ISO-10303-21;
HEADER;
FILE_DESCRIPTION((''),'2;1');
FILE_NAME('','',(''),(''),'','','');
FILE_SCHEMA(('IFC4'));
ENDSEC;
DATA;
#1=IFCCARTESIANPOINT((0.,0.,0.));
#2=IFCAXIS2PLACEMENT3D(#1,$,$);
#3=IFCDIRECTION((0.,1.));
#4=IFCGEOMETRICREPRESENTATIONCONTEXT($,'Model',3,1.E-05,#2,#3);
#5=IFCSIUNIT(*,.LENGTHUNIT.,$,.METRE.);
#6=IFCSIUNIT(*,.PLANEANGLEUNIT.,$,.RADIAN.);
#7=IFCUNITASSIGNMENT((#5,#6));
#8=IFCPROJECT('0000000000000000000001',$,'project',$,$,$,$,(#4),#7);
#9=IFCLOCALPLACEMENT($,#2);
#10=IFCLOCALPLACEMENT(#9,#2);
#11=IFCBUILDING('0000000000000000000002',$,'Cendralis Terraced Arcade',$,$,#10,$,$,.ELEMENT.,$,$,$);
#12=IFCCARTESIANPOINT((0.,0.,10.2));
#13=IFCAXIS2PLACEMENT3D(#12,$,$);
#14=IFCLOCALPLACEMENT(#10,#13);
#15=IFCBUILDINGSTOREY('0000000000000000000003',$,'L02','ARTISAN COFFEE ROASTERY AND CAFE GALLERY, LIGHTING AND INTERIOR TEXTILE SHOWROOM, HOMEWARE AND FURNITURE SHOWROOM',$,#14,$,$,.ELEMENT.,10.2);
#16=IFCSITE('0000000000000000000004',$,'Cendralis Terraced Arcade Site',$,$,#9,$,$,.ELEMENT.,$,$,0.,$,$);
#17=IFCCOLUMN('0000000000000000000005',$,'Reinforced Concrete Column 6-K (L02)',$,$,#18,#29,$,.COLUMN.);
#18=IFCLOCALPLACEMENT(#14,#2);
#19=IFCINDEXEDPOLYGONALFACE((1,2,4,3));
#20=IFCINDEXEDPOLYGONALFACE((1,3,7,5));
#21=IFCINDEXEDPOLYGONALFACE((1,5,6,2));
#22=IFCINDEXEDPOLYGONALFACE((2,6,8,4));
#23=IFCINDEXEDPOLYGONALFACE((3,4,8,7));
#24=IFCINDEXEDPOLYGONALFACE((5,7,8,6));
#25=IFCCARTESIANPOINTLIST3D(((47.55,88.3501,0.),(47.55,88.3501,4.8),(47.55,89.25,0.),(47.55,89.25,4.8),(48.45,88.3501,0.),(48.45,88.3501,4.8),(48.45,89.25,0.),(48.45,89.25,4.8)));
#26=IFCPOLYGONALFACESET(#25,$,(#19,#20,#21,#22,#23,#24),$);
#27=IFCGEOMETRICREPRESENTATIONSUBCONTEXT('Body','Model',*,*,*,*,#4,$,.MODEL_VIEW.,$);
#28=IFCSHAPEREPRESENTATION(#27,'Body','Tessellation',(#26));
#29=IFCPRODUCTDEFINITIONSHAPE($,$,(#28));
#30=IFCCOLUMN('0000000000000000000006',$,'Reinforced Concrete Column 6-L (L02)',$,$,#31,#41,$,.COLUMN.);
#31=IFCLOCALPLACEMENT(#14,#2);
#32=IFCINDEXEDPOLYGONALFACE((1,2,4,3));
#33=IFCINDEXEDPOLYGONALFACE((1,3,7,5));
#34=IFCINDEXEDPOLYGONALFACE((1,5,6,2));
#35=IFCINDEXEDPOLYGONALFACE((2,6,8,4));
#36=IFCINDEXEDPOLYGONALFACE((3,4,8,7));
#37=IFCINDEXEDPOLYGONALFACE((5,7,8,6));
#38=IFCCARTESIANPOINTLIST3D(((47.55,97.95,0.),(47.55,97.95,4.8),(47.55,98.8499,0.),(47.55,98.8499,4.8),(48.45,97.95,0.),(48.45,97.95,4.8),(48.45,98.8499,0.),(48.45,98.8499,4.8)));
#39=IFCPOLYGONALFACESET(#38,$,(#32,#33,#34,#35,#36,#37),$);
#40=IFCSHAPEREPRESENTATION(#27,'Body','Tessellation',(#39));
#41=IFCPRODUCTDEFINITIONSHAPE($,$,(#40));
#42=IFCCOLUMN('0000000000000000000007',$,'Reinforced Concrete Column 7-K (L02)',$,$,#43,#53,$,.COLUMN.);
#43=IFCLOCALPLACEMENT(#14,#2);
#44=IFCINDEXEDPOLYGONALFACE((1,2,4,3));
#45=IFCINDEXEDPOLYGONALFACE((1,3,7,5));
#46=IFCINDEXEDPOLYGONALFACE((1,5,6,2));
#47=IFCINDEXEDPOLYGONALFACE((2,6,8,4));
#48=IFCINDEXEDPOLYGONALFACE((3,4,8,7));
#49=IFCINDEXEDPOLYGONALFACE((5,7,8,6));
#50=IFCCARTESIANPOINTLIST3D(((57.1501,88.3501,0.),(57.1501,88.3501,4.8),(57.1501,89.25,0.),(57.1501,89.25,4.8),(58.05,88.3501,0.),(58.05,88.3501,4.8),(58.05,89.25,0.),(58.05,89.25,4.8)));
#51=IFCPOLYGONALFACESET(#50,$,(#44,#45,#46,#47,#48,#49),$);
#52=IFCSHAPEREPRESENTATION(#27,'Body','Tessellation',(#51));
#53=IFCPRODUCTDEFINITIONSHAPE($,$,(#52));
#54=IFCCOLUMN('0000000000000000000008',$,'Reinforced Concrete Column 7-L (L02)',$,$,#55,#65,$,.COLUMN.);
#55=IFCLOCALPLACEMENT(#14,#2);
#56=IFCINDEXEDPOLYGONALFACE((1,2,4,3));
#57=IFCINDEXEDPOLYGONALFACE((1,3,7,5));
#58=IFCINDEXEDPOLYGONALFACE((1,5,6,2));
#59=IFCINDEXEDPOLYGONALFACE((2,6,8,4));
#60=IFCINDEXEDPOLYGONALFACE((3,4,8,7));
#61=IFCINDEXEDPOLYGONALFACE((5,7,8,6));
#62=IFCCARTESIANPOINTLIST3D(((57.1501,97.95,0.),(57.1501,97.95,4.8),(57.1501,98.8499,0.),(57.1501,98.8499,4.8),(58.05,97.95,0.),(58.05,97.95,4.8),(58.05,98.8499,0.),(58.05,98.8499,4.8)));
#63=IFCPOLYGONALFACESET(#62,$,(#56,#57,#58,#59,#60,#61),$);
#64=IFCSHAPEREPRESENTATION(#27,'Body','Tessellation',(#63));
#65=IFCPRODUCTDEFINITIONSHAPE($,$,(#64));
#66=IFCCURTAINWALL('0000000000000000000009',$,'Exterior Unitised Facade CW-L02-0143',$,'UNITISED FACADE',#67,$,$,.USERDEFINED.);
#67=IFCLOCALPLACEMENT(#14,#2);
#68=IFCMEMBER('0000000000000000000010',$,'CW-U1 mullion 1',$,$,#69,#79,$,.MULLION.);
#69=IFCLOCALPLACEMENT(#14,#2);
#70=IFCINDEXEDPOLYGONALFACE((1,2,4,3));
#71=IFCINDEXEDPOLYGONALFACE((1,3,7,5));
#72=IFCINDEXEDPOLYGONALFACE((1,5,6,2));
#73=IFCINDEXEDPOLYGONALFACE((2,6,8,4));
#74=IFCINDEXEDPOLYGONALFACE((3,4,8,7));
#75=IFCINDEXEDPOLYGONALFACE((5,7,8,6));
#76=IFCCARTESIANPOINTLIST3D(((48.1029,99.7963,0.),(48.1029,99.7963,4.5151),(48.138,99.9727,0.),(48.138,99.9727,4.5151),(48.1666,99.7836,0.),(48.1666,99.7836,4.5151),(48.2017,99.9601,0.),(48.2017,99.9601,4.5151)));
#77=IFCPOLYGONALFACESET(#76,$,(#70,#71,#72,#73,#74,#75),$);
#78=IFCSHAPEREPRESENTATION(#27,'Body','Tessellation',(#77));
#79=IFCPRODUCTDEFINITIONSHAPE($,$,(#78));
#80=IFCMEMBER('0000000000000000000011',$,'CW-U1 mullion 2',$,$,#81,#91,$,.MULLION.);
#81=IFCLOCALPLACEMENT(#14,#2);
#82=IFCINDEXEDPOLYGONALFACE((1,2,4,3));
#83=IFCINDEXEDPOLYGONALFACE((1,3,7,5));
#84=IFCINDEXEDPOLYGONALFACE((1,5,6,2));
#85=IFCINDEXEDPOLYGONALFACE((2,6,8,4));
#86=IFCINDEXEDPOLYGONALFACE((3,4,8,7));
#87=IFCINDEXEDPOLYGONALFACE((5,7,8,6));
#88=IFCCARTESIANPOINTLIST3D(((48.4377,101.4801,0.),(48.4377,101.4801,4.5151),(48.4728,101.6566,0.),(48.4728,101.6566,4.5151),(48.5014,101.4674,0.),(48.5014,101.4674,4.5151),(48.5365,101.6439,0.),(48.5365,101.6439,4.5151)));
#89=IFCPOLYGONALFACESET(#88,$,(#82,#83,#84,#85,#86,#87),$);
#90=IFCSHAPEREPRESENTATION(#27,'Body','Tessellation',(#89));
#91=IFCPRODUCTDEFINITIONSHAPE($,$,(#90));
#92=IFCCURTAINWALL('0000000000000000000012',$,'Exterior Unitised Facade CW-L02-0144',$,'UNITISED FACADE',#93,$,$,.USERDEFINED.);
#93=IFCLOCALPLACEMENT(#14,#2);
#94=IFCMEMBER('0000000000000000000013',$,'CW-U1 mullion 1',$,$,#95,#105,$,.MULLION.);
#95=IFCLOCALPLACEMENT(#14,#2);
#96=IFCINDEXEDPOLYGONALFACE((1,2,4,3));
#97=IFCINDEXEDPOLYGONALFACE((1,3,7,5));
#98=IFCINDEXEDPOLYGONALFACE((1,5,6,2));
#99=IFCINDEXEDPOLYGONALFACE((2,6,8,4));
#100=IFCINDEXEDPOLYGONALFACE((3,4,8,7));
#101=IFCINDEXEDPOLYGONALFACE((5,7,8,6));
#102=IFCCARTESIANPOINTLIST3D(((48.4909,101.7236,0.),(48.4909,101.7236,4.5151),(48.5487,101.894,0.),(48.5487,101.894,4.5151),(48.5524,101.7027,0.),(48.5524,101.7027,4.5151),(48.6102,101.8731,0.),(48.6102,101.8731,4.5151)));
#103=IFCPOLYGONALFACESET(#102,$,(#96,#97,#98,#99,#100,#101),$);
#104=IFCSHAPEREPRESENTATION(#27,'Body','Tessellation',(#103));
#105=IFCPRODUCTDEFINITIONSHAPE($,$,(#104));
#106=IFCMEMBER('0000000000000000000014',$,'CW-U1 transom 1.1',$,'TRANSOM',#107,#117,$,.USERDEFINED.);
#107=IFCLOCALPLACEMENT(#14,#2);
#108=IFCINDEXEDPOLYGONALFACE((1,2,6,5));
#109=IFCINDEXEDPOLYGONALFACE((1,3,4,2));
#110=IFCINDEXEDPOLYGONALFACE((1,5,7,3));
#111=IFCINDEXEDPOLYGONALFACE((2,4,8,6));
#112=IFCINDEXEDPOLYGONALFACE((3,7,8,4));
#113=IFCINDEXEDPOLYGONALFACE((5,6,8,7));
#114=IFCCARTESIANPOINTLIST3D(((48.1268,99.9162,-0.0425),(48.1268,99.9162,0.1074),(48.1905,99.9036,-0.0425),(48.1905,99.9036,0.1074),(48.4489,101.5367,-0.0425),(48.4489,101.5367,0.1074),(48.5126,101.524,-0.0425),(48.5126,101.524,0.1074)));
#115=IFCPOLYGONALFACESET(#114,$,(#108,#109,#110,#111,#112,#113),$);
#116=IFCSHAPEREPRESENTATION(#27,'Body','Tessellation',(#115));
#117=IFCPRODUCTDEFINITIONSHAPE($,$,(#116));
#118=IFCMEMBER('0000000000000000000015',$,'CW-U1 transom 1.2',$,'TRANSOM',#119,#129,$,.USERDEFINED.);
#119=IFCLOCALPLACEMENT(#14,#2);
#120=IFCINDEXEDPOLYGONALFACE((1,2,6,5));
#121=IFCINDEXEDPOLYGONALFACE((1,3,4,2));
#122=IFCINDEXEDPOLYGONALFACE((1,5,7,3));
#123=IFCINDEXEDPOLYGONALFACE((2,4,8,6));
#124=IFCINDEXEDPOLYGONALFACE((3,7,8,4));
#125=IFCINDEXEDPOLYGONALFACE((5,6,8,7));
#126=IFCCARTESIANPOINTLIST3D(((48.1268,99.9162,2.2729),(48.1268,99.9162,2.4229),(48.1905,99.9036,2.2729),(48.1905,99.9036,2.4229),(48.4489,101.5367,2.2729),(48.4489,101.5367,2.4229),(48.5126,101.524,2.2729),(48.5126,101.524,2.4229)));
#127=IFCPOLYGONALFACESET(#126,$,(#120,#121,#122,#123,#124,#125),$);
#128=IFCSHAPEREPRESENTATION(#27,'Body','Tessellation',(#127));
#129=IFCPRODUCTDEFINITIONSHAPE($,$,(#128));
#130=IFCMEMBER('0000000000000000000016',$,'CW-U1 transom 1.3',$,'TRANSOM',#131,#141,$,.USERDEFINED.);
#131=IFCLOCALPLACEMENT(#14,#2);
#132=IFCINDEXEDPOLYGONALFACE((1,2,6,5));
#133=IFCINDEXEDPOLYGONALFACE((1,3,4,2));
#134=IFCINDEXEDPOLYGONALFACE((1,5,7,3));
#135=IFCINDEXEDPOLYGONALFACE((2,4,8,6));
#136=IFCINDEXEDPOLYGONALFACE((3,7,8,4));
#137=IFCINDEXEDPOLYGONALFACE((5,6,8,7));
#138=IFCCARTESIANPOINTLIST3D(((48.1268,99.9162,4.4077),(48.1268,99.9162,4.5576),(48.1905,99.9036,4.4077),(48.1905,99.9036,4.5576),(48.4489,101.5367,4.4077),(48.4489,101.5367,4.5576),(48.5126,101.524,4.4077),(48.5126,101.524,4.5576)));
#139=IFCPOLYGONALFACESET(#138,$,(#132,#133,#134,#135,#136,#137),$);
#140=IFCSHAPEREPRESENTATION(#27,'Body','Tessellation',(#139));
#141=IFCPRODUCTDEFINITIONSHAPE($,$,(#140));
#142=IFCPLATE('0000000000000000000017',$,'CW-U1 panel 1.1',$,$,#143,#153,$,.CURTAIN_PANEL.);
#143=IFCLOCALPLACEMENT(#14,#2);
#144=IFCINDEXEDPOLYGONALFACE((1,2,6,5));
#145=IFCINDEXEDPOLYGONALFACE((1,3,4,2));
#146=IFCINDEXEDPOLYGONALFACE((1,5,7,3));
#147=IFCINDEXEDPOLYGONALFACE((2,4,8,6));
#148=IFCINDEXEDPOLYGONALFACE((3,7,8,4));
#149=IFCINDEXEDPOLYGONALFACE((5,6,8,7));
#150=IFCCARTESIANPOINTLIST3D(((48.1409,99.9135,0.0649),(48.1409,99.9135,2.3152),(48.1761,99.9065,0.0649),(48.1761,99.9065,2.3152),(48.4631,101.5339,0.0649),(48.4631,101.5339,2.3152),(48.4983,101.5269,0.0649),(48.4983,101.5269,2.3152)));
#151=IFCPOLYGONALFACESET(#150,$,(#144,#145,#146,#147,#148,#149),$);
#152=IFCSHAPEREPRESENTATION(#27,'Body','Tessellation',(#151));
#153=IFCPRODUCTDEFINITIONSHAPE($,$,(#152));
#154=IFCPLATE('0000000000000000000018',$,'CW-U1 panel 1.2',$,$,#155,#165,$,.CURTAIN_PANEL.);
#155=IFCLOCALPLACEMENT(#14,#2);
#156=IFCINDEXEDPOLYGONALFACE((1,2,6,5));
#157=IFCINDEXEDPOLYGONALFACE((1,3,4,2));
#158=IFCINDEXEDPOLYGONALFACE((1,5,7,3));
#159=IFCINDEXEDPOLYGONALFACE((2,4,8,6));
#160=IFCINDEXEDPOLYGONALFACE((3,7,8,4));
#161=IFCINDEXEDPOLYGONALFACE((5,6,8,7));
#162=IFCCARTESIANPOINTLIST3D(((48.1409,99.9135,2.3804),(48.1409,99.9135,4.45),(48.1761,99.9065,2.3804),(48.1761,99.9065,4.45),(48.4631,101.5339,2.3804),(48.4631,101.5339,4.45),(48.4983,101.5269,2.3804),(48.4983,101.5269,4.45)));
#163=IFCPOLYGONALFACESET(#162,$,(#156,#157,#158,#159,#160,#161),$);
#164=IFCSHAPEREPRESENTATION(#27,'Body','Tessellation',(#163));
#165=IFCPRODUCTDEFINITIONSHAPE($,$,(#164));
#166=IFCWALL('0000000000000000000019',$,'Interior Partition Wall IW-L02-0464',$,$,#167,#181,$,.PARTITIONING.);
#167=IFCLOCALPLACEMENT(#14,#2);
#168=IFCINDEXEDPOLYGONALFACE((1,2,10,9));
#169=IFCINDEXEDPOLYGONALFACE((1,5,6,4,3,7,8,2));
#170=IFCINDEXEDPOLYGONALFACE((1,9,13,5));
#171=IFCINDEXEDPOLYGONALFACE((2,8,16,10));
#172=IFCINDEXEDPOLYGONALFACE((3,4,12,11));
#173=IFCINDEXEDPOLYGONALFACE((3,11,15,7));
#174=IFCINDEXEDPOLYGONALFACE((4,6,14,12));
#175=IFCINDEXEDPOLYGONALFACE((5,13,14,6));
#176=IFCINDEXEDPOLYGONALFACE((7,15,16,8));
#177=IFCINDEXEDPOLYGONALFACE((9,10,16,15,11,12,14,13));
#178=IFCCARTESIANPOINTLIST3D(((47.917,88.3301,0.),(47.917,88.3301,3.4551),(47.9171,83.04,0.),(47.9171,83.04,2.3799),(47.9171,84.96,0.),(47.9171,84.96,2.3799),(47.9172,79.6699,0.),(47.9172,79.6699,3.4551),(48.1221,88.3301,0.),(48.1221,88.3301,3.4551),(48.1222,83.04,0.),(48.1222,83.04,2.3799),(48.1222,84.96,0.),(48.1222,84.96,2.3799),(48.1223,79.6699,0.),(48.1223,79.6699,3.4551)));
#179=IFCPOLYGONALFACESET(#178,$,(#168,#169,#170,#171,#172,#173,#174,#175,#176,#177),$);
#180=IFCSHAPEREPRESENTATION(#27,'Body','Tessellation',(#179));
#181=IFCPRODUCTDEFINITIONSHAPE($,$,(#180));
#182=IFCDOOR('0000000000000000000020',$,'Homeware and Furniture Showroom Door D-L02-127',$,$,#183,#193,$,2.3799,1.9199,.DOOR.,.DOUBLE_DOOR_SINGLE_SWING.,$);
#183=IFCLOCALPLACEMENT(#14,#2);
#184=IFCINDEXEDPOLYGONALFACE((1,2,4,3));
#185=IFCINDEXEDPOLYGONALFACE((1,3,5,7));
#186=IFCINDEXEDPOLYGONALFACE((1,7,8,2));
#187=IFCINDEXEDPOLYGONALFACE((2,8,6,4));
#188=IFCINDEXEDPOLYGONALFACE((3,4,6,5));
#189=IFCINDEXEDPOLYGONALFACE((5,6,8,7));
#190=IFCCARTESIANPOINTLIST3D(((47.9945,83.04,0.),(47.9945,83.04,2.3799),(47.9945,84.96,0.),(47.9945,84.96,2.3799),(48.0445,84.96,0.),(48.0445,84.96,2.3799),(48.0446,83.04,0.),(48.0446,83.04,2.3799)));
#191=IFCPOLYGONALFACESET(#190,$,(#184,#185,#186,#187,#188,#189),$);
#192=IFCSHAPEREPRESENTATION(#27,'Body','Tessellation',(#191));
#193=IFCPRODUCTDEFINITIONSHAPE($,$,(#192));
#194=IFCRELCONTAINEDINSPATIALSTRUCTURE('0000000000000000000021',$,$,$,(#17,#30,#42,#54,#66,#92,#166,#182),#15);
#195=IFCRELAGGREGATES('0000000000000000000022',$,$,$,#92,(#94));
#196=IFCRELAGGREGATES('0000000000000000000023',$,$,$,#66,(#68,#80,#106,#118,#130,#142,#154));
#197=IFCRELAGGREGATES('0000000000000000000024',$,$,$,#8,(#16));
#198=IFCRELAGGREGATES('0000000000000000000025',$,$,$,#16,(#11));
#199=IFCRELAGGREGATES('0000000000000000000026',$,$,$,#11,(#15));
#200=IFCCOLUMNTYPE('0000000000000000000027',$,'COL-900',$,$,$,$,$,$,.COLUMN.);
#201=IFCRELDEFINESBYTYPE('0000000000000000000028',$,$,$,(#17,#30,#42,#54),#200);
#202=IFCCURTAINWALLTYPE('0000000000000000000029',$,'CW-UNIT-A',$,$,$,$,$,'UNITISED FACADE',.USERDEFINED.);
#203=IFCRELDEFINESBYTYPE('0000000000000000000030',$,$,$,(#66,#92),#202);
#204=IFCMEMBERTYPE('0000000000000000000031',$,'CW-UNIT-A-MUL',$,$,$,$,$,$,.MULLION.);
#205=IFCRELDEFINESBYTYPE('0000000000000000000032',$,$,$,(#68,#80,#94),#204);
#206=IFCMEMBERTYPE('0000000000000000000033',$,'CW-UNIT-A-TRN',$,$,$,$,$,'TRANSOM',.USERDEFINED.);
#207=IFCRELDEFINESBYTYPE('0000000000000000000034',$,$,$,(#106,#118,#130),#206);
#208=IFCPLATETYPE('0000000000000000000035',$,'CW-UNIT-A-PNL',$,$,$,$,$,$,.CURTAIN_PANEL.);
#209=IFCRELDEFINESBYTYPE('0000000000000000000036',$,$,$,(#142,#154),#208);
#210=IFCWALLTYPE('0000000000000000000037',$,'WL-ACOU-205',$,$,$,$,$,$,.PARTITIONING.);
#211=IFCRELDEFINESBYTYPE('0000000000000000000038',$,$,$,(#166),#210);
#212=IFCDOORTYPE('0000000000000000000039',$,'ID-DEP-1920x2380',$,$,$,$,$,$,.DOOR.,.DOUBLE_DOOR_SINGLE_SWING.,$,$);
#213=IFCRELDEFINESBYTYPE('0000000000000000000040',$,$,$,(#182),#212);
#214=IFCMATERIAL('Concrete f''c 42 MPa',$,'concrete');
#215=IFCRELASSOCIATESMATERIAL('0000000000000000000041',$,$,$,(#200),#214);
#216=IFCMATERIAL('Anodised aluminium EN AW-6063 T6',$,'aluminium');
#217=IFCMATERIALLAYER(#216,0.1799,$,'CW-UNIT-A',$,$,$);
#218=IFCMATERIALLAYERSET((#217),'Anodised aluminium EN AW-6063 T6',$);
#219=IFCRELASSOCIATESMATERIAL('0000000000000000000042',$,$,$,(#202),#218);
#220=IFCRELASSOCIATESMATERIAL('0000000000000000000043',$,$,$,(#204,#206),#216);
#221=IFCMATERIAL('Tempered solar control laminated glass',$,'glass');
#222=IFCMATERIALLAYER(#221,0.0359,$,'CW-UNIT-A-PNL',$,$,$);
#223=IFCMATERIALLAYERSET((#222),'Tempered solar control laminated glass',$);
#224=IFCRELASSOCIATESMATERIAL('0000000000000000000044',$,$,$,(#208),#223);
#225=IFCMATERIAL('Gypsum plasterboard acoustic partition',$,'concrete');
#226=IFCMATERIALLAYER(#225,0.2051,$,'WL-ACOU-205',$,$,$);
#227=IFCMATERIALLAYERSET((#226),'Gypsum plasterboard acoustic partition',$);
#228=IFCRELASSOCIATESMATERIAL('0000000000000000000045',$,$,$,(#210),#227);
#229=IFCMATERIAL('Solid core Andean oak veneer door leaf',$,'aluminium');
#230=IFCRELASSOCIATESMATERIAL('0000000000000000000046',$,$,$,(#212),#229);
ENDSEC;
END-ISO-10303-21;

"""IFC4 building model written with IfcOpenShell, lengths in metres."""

from ifc_helpers import new_model, si_unit, direction, frame, frame_2d, origin, origin_2d, place, context, subcontext, project, spatial, rectangle, extrude, material, layer, layer_set, material_profile, profile_set, type_object, element, fill, aggregate, save


model = new_model("IFC4")

# Units and contexts
model_context = context("Model", 3, precision=1e-05, world=origin(), true_north=direction((0.0, 1.0)))
body_context = subcontext(model_context, "Body", "Model", "MODEL_VIEW")
ifc_project = project(units=[si_unit("LENGTHUNIT", "METRE"), si_unit("PLANEANGLEUNIT", "RADIAN")], contexts=[model_context])

# Site, building, storey
site_placement = place(None, origin())
site = spatial("IfcSite", under=ifc_project, at=site_placement, Name="Cendralis Terraced Arcade Site", CompositionType="ELEMENT", RefElevation=0.0)
building_placement = place(site_placement, origin())
building = spatial("IfcBuilding", under=site, at=building_placement, Name="Cendralis Terraced Arcade", CompositionType="ELEMENT")
storey_placement = place(building_placement, frame((0.0, 0.0, 10.2)))
storey = spatial("IfcBuildingStorey", under=building, at=storey_placement, Name="L02", Description="ARTISAN COFFEE ROASTERY AND CAFE GALLERY, LIGHTING AND INTERIOR TEXTILE SHOWROOM, HOMEWARE AND FURNITURE SHOWROOM", CompositionType="ELEMENT", Elevation=10.2)

# Columns
ifc_material_1 = material(Name="Concrete f'c 42 MPa", Category="concrete")
ifc_material_profile_1 = material_profile(ifc_material_1, rectangle(XDim=0.8999, YDim=0.8999, at=origin_2d()), Name="RC-COL-900x900", Category="LoadBearing")
ifc_profile_set_1 = profile_set([ifc_material_profile_1], Name="Concrete f'c 42 MPa")
column_type = type_object("IfcColumnType", Name="COL-900", PredefinedType="COLUMN", material=ifc_profile_set_1)
for number, where, z_axis, x_axis, name in (
    (1, (48.0, 88.8, 0.0), (0.0, 0.0, 1.0), (1.0, 0.0, 0.0), "Reinforced Concrete Column 6-K (L02)"),
    (2, (48.0, 98.3999, 0.0), (0.0, 0.0, 1.0), (1.0, 0.0, 0.0), "Reinforced Concrete Column 6-L (L02)"),
    (3, (57.6001, 88.8, 0.0), (0.0, 0.0, 1.0), (1.0, 0.0, 0.0), "Reinforced Concrete Column 7-K (L02)"),
    (4, (57.6001, 98.3999, 0.0), (0.0, 0.0, 1.0), (1.0, 0.0, 0.0), "Reinforced Concrete Column 7-L (L02)"),
):
    element("IfcColumn", number, at=place(storey_placement, frame(where, z_axis=z_axis, x_axis=x_axis)), inside=storey, type_object=column_type, Name=name, PredefinedType="COLUMN", context=body_context, shape_type="SweptSolid", body=[
        extrude(rectangle(XDim=0.8999, YDim=0.8999, at=origin_2d()), origin(), (0.0, 0.0, 1.0), 4.8),
    ])

# Curtain wall, members
ifc_material_2 = material(Name="Anodised aluminium EN AW-6063 T6", Category="aluminium")
ifc_layer_1 = layer(ifc_material_2, 0.1799, Name="CW-UNIT-A")
ifc_layer_set_1 = layer_set([ifc_layer_1], Name="Anodised aluminium EN AW-6063 T6")
curtain_wall_type = type_object("IfcCurtainWallType", Name="CW-UNIT-A", ElementType="UNITISED FACADE", PredefinedType="USERDEFINED", material=ifc_layer_set_1)
curtain_wall_1_placement = place(storey_placement, origin())
curtain_wall_1 = element("IfcCurtainWall", 5, at=curtain_wall_1_placement, inside=storey, type_object=curtain_wall_type, Name="Exterior Unitised Facade CW-L02-0143", ObjectType="UNITISED FACADE", PredefinedType="USERDEFINED")
ifc_material_profile_2 = material_profile(ifc_material_2, rectangle(XDim=0.0649, YDim=0.1799, at=origin_2d()), Name="ALU-MUL-65x180")
ifc_profile_set_2 = profile_set([ifc_material_profile_2], Name="Anodised aluminium EN AW-6063 T6")
member_type_1 = type_object("IfcMemberType", Name="CW-UNIT-A-MUL", PredefinedType="MULLION", material=ifc_profile_set_2)
member_1_placement = place(storey_placement, frame((48.1523, 99.8782, 0.0), z_axis=(0.0, 0.0, 1.0), x_axis=(-0.980792, 0.195058, 0.0)))
member_1 = element("IfcMember", 6, at=member_1_placement, type_object=member_type_1, Name="CW-U1 mullion 1", PredefinedType="MULLION", context=body_context, shape_type="SweptSolid", body=[
    extrude(rectangle(XDim=0.0649, YDim=0.1799, at=origin_2d()), origin(), (0.0, 0.0, 1.0), 4.5151),
])
member_2_placement = place(storey_placement, frame((48.4871, 101.562, 0.0), z_axis=(0.0, 0.0, 1.0), x_axis=(-0.980792, 0.195058, 0.0)))
member_2 = element("IfcMember", 7, at=member_2_placement, type_object=member_type_1, Name="CW-U1 mullion 2", PredefinedType="MULLION", context=body_context, shape_type="SweptSolid", body=[
    extrude(rectangle(XDim=0.0649, YDim=0.1799, at=origin_2d()), origin(), (0.0, 0.0, 1.0), 4.5151),
])

# Curtain wall, member
curtain_wall_2_placement = place(storey_placement, origin())
curtain_wall_2 = element("IfcCurtainWall", 8, at=curtain_wall_2_placement, inside=storey, type_object=curtain_wall_type, Name="Exterior Unitised Facade CW-L02-0144", ObjectType="UNITISED FACADE", PredefinedType="USERDEFINED")
member_3_placement = place(storey_placement, frame((48.5505, 101.7983, 0.0), z_axis=(0.0, 0.0, 1.0), x_axis=(-0.946924, 0.321458, 0.0)))
member_3 = element("IfcMember", 9, at=member_3_placement, type_object=member_type_1, Name="CW-U1 mullion 1", PredefinedType="MULLION", context=body_context, shape_type="SweptSolid", body=[
    extrude(rectangle(XDim=0.0649, YDim=0.1799, at=origin_2d()), origin(), (0.0, 0.0, 1.0), 4.5151),
])
aggregate(curtain_wall_2, [member_3])

# Members
ifc_material_profile_3 = material_profile(ifc_material_2, rectangle(XDim=0.0649, YDim=0.1499, at=origin_2d()), Name="ALU-TRN-65x150")
ifc_profile_set_3 = profile_set([ifc_material_profile_3], Name="Anodised aluminium EN AW-6063 T6")
member_type_2 = type_object("IfcMemberType", Name="CW-UNIT-A-TRN", ElementType="TRANSOM", PredefinedType="USERDEFINED", material=ifc_profile_set_3)
member_4_placement = place(storey_placement, frame((48.1587, 99.9099, 0.0325), z_axis=(0.194922, 0.980819, 0.0), x_axis=(-0.980819, 0.194922, 0.0)))
member_4 = element("IfcMember", 10, at=member_4_placement, type_object=member_type_2, Name="CW-U1 transom 1.1", ObjectType="TRANSOM", PredefinedType="USERDEFINED", context=body_context, shape_type="SweptSolid", body=[
    extrude(rectangle(XDim=0.0649, YDim=0.1499, at=origin_2d()), origin(), (0.0, 0.0, 1.0), 1.6521),
])
member_5_placement = place(storey_placement, frame((48.1587, 99.9099, 2.3479), z_axis=(0.194922, 0.980819, 0.0), x_axis=(-0.980819, 0.194922, 0.0)))
member_5 = element("IfcMember", 11, at=member_5_placement, type_object=member_type_2, Name="CW-U1 transom 1.2", ObjectType="TRANSOM", PredefinedType="USERDEFINED", context=body_context, shape_type="SweptSolid", body=[
    extrude(rectangle(XDim=0.0649, YDim=0.1499, at=origin_2d()), origin(), (0.0, 0.0, 1.0), 1.6521),
])
member_6_placement = place(storey_placement, frame((48.1587, 99.9099, 4.4827), z_axis=(0.194922, 0.980819, 0.0), x_axis=(-0.980819, 0.194922, 0.0)))
member_6 = element("IfcMember", 12, at=member_6_placement, type_object=member_type_2, Name="CW-U1 transom 1.3", ObjectType="TRANSOM", PredefinedType="USERDEFINED", context=body_context, shape_type="SweptSolid", body=[
    extrude(rectangle(XDim=0.0649, YDim=0.1499, at=origin_2d()), origin(), (0.0, 0.0, 1.0), 1.6521),
])

# Plates
ifc_material_3 = material(Name="Tempered solar control laminated glass", Category="glass")
ifc_layer_2 = layer(ifc_material_3, 0.0359, Name="CW-UNIT-A-PNL")
ifc_layer_set_2 = layer_set([ifc_layer_2], Name="Tempered solar control laminated glass")
plate_type = type_object("IfcPlateType", Name="CW-UNIT-A-PNL", PredefinedType="CURTAIN_PANEL", material=ifc_layer_set_2)
plate_1_placement = place(storey_placement, frame((48.3196, 100.7202, 0.0649), z_axis=(0.0, 0.0, 1.0), x_axis=(0.195058, 0.980792, 0.0)))
plate_1 = element("IfcPlate", 13, at=plate_1_placement, type_object=plate_type, Name="CW-U1 panel 1.1", PredefinedType="CURTAIN_PANEL", context=body_context, shape_type="SweptSolid", body=[
    extrude(rectangle(XDim=1.6521, YDim=0.0359, at=origin_2d()), origin(), (0.0, 0.0, 1.0), 2.2502),
])
plate_2_placement = place(storey_placement, frame((48.3196, 100.7202, 2.3804), z_axis=(0.0, 0.0, 1.0), x_axis=(0.195058, 0.980792, 0.0)))
plate_2 = element("IfcPlate", 14, at=plate_2_placement, type_object=plate_type, Name="CW-U1 panel 1.2", PredefinedType="CURTAIN_PANEL", context=body_context, shape_type="SweptSolid", body=[
    extrude(rectangle(XDim=1.6521, YDim=0.0359, at=origin_2d()), origin(), (0.0, 0.0, 1.0), 2.0696),
])
aggregate(curtain_wall_1, [member_1, member_2, member_4, member_5, member_6, plate_1, plate_2])

# Wall, opening, door
ifc_material_4 = material(Name="Gypsum plasterboard acoustic partition", Category="concrete")
ifc_layer_3 = layer(ifc_material_4, 0.2051, Name="WL-ACOU-205")
ifc_layer_set_3 = layer_set([ifc_layer_3], Name="Gypsum plasterboard acoustic partition")
wall_type_1 = type_object("IfcWallType", Name="WL-ACOU-205", PredefinedType="PARTITIONING", material=ifc_layer_set_3)
wall_1_placement = place(storey_placement, frame((48.0195, 88.3301, 0.0), z_axis=(0.0, 0.0, 1.0), x_axis=(0.000028, -1.0, 0.0)))
wall_1 = element("IfcWall", 15, at=wall_1_placement, inside=storey, type_object=wall_type_1, Name="Interior Partition Wall IW-L02-0464", PredefinedType="PARTITIONING", context=body_context, shape_type="SweptSolid", body=[
    extrude(rectangle(XDim=8.6602, YDim=0.2051, at=frame_2d((4.3301, 0.0))), origin(), (0.0, 0.0, 1.0), 3.4551),
])
opening_1_placement = place(wall_1_placement, frame((3.3701, 0.0, 0.0)))
opening_1 = element("IfcOpeningElement", 16, at=opening_1_placement, cuts=wall_1, PredefinedType="OPENING", context=body_context, shape_type="SweptSolid", body=[
    extrude(rectangle(XDim=1.9199, YDim=2.3799, at=frame_2d((0.96, 1.1899))), frame((0.0, 0.1145, 0.0), z_axis=(0.0, -1.0, 0.0), x_axis=(1.0, 0.0, 0.0)), (0.0, 0.0, 1.0), 0.229),
])
ifc_material_5 = material(Name="Solid core Andean oak veneer door leaf", Category="aluminium")
door_type_1 = type_object("IfcDoorType", Name="ID-DEP-1920x2380", OperationType="DOUBLE_DOOR_SINGLE_SWING", PredefinedType="DOOR", material=ifc_material_5)
door_1_placement = place(opening_1_placement, origin())
door_1 = element("IfcDoor", 17, at=door_1_placement, inside=storey, type_object=door_type_1, Name="Homeware and Furniture Showroom Door D-L02-127", OperationType="DOUBLE_DOOR_SINGLE_SWING", OverallHeight=2.3799, OverallWidth=1.9199, PredefinedType="DOOR", context=body_context, shape_type="SweptSolid", body=[
    extrude(rectangle(XDim=1.9199, YDim=2.3799, at=frame_2d((0.96, 1.1899))), frame((0.0, 0.0249, 0.0), z_axis=(0.0, -1.0, 0.0), x_axis=(1.0, 0.0, 0.0)), (0.0, 0.0, 1.0), 0.05),
])
fill(opening_1, door_1)

save(model, "model.ifc")
